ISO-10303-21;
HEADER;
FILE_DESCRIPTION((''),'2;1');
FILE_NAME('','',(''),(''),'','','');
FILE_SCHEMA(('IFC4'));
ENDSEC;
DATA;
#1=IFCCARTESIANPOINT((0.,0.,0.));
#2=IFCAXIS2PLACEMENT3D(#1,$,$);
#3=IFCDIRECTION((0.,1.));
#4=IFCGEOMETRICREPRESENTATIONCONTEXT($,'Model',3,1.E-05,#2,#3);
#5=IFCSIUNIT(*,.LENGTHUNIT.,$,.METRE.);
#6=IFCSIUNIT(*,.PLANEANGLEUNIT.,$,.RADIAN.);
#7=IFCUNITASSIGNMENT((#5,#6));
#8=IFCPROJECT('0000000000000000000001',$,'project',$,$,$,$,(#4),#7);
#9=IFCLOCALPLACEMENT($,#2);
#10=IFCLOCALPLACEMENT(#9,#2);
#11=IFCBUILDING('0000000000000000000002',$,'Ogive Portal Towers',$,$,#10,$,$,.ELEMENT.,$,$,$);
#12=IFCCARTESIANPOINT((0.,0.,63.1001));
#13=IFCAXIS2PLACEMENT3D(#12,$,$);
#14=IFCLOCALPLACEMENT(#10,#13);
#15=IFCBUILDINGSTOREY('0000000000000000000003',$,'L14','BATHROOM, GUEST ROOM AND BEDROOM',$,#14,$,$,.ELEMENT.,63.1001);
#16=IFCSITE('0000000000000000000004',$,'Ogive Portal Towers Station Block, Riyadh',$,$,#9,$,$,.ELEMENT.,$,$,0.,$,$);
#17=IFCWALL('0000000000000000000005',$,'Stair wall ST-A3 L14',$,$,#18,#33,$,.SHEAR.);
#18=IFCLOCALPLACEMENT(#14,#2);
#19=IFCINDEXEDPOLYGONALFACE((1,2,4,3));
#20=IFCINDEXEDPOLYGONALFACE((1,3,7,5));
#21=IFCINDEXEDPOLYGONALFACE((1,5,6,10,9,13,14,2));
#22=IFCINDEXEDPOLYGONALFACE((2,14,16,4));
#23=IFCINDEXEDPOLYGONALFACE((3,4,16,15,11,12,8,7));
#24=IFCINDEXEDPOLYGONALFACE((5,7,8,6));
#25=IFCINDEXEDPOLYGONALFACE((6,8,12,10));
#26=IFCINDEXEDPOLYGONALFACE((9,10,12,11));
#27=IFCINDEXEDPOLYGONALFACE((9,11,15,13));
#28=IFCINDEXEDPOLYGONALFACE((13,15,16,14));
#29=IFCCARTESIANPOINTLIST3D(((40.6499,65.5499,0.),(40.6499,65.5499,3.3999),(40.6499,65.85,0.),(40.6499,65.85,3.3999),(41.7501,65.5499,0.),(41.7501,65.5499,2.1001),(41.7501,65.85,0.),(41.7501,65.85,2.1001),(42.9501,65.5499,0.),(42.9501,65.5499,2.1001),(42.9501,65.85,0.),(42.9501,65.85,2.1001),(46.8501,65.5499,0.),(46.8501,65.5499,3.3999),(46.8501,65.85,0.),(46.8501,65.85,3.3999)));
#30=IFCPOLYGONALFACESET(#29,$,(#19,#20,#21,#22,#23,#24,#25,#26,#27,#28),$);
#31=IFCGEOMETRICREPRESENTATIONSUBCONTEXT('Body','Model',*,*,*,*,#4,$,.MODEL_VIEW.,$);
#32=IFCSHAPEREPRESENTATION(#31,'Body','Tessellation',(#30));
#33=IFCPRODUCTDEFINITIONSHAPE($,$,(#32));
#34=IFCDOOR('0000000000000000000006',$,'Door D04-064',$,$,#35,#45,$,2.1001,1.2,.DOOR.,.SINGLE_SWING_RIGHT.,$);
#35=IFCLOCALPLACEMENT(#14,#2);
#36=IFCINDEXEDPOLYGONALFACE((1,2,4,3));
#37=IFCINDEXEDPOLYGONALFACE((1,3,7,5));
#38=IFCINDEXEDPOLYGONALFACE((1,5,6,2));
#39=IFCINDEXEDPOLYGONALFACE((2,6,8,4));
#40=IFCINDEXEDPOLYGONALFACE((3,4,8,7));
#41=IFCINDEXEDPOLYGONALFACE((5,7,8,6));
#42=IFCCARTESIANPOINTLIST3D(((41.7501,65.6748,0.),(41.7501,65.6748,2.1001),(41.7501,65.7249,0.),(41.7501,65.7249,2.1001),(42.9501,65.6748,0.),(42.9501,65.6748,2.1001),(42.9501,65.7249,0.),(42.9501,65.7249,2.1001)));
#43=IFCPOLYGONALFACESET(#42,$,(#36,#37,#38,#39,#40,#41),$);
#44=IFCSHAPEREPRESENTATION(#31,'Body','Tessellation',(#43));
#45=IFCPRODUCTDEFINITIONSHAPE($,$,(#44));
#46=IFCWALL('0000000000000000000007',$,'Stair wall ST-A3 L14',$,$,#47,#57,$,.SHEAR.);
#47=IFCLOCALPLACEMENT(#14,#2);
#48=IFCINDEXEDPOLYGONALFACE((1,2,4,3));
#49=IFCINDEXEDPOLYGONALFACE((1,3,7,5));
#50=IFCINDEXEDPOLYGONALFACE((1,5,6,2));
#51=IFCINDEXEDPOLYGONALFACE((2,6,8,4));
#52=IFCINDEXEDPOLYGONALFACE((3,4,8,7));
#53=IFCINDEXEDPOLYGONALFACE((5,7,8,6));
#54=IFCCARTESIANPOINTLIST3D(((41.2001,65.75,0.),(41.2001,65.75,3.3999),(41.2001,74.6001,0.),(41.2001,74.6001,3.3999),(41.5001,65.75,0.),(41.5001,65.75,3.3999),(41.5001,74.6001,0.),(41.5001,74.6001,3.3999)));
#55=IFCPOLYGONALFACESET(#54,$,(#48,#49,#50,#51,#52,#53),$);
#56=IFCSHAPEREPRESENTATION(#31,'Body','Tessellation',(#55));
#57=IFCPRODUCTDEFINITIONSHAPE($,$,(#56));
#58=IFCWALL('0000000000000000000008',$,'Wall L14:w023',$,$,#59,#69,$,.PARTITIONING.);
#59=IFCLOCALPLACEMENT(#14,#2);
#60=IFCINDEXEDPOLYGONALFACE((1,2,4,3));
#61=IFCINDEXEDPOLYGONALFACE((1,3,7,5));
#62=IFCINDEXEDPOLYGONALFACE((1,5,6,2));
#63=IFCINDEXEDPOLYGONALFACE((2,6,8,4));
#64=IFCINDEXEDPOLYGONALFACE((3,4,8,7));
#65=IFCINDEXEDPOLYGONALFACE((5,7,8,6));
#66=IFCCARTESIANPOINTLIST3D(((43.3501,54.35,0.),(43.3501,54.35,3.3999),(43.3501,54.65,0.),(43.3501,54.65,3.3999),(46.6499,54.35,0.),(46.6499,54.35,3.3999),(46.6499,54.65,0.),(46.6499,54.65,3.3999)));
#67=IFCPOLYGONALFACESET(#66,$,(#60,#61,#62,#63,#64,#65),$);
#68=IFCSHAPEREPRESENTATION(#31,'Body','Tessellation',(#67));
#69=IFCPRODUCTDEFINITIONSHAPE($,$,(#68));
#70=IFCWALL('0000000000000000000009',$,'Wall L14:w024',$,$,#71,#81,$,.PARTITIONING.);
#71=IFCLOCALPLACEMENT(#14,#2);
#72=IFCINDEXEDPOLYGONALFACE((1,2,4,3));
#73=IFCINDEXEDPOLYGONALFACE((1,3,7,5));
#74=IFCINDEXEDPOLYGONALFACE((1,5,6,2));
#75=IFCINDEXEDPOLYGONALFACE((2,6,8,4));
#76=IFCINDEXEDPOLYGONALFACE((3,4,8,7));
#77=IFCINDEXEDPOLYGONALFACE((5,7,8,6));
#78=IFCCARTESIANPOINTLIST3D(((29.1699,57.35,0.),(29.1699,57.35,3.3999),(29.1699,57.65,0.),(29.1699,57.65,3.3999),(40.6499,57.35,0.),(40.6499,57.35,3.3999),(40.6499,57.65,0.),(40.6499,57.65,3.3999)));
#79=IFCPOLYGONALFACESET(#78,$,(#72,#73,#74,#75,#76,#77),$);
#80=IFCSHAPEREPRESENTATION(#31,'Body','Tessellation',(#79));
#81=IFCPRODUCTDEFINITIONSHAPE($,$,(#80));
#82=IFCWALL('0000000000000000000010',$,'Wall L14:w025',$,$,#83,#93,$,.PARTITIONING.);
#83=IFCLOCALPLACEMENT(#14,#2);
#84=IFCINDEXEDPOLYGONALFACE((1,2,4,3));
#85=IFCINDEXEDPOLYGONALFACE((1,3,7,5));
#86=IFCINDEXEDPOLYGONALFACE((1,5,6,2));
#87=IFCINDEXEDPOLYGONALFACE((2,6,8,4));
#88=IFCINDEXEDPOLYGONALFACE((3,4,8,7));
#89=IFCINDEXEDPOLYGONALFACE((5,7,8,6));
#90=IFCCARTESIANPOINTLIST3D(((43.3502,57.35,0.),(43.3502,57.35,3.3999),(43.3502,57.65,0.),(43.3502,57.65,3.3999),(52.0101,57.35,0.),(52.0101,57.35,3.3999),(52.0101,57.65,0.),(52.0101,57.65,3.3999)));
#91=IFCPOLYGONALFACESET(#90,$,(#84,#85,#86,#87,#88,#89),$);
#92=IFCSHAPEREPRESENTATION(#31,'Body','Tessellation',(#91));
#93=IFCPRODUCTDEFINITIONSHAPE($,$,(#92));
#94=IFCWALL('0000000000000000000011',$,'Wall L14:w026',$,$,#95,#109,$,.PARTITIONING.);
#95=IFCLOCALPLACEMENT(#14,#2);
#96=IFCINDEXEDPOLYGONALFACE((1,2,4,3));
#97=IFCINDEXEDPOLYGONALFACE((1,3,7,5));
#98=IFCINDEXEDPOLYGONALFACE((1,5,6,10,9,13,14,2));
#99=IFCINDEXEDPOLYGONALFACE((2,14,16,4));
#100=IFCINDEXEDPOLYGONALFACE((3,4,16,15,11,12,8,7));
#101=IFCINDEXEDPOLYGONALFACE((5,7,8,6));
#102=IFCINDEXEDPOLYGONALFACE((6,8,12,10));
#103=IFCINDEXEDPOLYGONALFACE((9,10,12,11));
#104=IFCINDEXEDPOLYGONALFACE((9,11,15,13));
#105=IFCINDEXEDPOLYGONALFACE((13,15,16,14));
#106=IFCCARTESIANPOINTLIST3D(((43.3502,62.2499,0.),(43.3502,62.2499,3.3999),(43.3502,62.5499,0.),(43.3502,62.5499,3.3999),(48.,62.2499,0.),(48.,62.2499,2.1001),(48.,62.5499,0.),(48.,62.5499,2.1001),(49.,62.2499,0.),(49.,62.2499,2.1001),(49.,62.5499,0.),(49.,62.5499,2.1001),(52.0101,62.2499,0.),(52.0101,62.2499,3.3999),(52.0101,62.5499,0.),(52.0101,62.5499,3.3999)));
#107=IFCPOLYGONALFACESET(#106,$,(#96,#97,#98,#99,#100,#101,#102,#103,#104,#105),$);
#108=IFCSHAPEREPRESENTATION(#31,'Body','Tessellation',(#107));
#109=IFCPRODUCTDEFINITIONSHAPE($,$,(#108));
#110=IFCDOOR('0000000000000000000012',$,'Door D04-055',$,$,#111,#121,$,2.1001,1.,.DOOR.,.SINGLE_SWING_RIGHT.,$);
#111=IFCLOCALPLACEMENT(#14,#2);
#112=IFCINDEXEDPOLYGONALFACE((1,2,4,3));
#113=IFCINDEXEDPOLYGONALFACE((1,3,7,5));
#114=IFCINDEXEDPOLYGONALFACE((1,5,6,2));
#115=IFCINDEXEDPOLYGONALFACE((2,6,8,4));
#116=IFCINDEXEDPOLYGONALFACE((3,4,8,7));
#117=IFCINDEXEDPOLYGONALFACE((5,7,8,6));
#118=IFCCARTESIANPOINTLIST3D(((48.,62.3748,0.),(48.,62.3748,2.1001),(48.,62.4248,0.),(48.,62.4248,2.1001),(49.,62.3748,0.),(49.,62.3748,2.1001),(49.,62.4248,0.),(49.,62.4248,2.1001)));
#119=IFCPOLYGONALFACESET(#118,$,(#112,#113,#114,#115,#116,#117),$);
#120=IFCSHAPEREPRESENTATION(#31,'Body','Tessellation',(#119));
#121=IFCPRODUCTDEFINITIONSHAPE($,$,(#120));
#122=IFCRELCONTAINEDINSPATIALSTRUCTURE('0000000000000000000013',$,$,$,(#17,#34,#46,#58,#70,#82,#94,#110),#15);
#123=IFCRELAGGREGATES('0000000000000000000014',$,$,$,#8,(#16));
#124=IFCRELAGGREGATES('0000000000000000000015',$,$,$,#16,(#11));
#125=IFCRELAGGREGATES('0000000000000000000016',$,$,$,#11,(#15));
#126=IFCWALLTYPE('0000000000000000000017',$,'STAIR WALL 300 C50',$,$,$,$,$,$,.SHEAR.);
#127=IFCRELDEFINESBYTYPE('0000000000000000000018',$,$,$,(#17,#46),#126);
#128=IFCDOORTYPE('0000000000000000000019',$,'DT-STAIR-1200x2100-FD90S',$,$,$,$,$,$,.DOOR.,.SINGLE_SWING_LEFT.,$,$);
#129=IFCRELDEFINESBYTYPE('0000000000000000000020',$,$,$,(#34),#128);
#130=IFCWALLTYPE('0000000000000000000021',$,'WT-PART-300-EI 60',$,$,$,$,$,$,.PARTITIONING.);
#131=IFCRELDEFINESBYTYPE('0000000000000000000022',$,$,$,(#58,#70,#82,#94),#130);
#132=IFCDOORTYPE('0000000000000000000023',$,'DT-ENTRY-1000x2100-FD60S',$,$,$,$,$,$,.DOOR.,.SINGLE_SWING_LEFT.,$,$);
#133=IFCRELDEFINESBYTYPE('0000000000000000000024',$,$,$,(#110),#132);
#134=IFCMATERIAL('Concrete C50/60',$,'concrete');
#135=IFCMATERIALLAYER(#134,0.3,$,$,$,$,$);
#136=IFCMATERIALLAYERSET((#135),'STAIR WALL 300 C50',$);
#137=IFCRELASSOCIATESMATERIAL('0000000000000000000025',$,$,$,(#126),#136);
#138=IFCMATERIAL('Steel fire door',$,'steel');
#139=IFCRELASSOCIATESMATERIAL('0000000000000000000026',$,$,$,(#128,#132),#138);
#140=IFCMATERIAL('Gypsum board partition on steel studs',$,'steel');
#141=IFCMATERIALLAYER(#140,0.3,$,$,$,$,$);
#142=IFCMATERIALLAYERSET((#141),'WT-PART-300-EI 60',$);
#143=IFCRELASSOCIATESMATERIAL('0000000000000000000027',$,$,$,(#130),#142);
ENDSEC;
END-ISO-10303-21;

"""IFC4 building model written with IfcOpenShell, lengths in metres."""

from ifc_helpers import new_model, si_unit, direction, frame, frame_2d, origin, place, context, subcontext, project, spatial, rectangle, extrude, material, layer, layer_set, type_object, element, fill, save


model = new_model("IFC4")

# Units and contexts
model_context = context("Model", 3, precision=1e-05, world=origin(), true_north=direction((0.0, 1.0)))
body_context = subcontext(model_context, "Body", "Model", "MODEL_VIEW")
ifc_project = project(units=[si_unit("LENGTHUNIT", "METRE"), si_unit("PLANEANGLEUNIT", "RADIAN")], contexts=[model_context])

# Site, building, storey
site_placement = place(None, origin())
site = spatial("IfcSite", under=ifc_project, at=site_placement, Name="Ogive Portal Towers Station Block, Riyadh", CompositionType="ELEMENT", RefElevation=0.0)
building_placement = place(site_placement, origin())
building = spatial("IfcBuilding", under=site, at=building_placement, Name="Ogive Portal Towers", CompositionType="ELEMENT")
storey_placement = place(building_placement, frame((0.0, 0.0, 63.1001)))
storey = spatial("IfcBuildingStorey", under=building, at=storey_placement, Name="L14", Description="BATHROOM, GUEST ROOM AND BEDROOM", CompositionType="ELEMENT", Elevation=63.1001)

# Wall, opening, door
ifc_material_1 = material(Name="Concrete C50/60", Category="concrete")
ifc_layer_1 = layer(ifc_material_1, 0.3)
ifc_layer_set_1 = layer_set([ifc_layer_1], Name="STAIR WALL 300 C50")
wall_type_1 = type_object("IfcWallType", Name="STAIR WALL 300 C50", PredefinedType="SHEAR", material=ifc_layer_set_1)
wall_1_placement = place(storey_placement, frame((40.6499, 65.7, 0.0), z_axis=(0.0, 0.0, 1.0), x_axis=(1.0, 0.0, 0.0)))
wall_1 = element("IfcWall", 1, at=wall_1_placement, inside=storey, type_object=wall_type_1, Name="Stair wall ST-A3 L14", PredefinedType="SHEAR", context=body_context, shape_type="SweptSolid", body=[
    extrude(rectangle(XDim=6.2002, YDim=0.3, at=frame_2d((3.1001, 0.0))), origin(), (0.0, 0.0, 1.0), 3.3999),
])
opening_1_placement = place(wall_1_placement, frame((1.1001, 0.0, 0.0)))
opening_1 = element("IfcOpeningElement", 2, at=opening_1_placement, cuts=wall_1, PredefinedType="OPENING", context=body_context, shape_type="SweptSolid", body=[
    extrude(rectangle(XDim=1.2, YDim=2.1001, at=frame_2d((0.6001, 1.05))), frame((0.0, 0.1602, 0.0), z_axis=(0.0, -1.0, 0.0), x_axis=(1.0, 0.0, 0.0)), (0.0, 0.0, 1.0), 0.3201),
])
ifc_material_2 = material(Name="Steel fire door", Category="steel")
door_type_1 = type_object("IfcDoorType", Name="DT-STAIR-1200x2100-FD90S", OperationType="SINGLE_SWING_LEFT", PredefinedType="DOOR", material=ifc_material_2)
door_1_placement = place(opening_1_placement, origin())
door_1 = element("IfcDoor", 3, at=door_1_placement, inside=storey, type_object=door_type_1, Name="Door D04-064", OperationType="SINGLE_SWING_RIGHT", OverallHeight=2.1001, OverallWidth=1.2, PredefinedType="DOOR", context=body_context, shape_type="SweptSolid", body=[
    extrude(rectangle(XDim=1.2, YDim=2.1001, at=frame_2d((0.6001, 1.05))), frame((0.0, 0.0249, 0.0), z_axis=(0.0, -1.0, 0.0), x_axis=(1.0, 0.0, 0.0)), (0.0, 0.0, 1.0), 0.05),
])
fill(opening_1, door_1)

# Walls
wall_2_placement = place(storey_placement, frame((41.3501, 65.75, 0.0), z_axis=(0.0, 0.0, 1.0), x_axis=(0.0, 1.0, 0.0)))
element("IfcWall", 4, at=wall_2_placement, inside=storey, type_object=wall_type_1, Name="Stair wall ST-A3 L14", PredefinedType="SHEAR", context=body_context, shape_type="SweptSolid", body=[
    extrude(rectangle(XDim=8.8501, YDim=0.3, at=frame_2d((4.425, 0.0))), origin(), (0.0, 0.0, 1.0), 3.3999),
])
ifc_material_3 = material(Name="Gypsum board partition on steel studs", Category="steel")
ifc_layer_2 = layer(ifc_material_3, 0.3)
ifc_layer_set_2 = layer_set([ifc_layer_2], Name="WT-PART-300-EI 60")
wall_type_2 = type_object("IfcWallType", Name="WT-PART-300-EI 60", PredefinedType="PARTITIONING", material=ifc_layer_set_2)
wall_3_placement = place(storey_placement, frame((43.3501, 54.5, 0.0), z_axis=(0.0, 0.0, 1.0), x_axis=(1.0, 0.0, 0.0)))
element("IfcWall", 5, at=wall_3_placement, inside=storey, type_object=wall_type_2, Name="Wall L14:w023", PredefinedType="PARTITIONING", context=body_context, shape_type="SweptSolid", body=[
    extrude(rectangle(XDim=3.2998, YDim=0.3, at=frame_2d((1.6499, 0.0))), origin(), (0.0, 0.0, 1.0), 3.3999),
])
wall_4_placement = place(storey_placement, frame((29.1699, 57.5, 0.0), z_axis=(0.0, 0.0, 1.0), x_axis=(1.0, 0.0, 0.0)))
element("IfcWall", 6, at=wall_4_placement, inside=storey, type_object=wall_type_2, Name="Wall L14:w024", PredefinedType="PARTITIONING", context=body_context, shape_type="SweptSolid", body=[
    extrude(rectangle(XDim=11.48, YDim=0.3, at=frame_2d((5.74, 0.0))), origin(), (0.0, 0.0, 1.0), 3.3999),
])
wall_5_placement = place(storey_placement, frame((43.3501, 57.5, 0.0), z_axis=(0.0, 0.0, 1.0), x_axis=(1.0, 0.0, 0.0)))
element("IfcWall", 7, at=wall_5_placement, inside=storey, type_object=wall_type_2, Name="Wall L14:w025", PredefinedType="PARTITIONING", context=body_context, shape_type="SweptSolid", body=[
    extrude(rectangle(XDim=8.6599, YDim=0.3, at=frame_2d((4.3301, 0.0))), origin(), (0.0, 0.0, 1.0), 3.3999),
])

# Wall, opening, door
wall_6_placement = place(storey_placement, frame((43.3501, 62.3999, 0.0), z_axis=(0.0, 0.0, 1.0), x_axis=(1.0, 0.0, 0.0)))
wall_6 = element("IfcWall", 8, at=wall_6_placement, inside=storey, type_object=wall_type_2, Name="Wall L14:w026", PredefinedType="PARTITIONING", context=body_context, shape_type="SweptSolid", body=[
    extrude(rectangle(XDim=8.6599, YDim=0.3, at=frame_2d((4.3301, 0.0))), origin(), (0.0, 0.0, 1.0), 3.3999),
])
opening_2_placement = place(wall_6_placement, frame((4.6499, 0.0, 0.0)))
opening_2 = element("IfcOpeningElement", 9, at=opening_2_placement, cuts=wall_6, PredefinedType="OPENING", context=body_context, shape_type="SweptSolid", body=[
    extrude(rectangle(XDim=1.0, YDim=2.1001, at=frame_2d((0.5, 1.05))), frame((0.0, 0.1602, 0.0), z_axis=(0.0, -1.0, 0.0), x_axis=(1.0, 0.0, 0.0)), (0.0, 0.0, 1.0), 0.3201),
])
door_type_2 = type_object("IfcDoorType", Name="DT-ENTRY-1000x2100-FD60S", OperationType="SINGLE_SWING_LEFT", PredefinedType="DOOR", material=ifc_material_2)
door_2_placement = place(opening_2_placement, origin())
door_2 = element("IfcDoor", 10, at=door_2_placement, inside=storey, type_object=door_type_2, Name="Door D04-055", OperationType="SINGLE_SWING_RIGHT", OverallHeight=2.1001, OverallWidth=1.0, PredefinedType="DOOR", context=body_context, shape_type="SweptSolid", body=[
    extrude(rectangle(XDim=1.0, YDim=2.1001, at=frame_2d((0.5, 1.05))), frame((0.0, 0.0249, 0.0), z_axis=(0.0, -1.0, 0.0), x_axis=(1.0, 0.0, 0.0)), (0.0, 0.0, 1.0), 0.05),
])
fill(opening_2, door_2)

save(model, "model.ifc")
